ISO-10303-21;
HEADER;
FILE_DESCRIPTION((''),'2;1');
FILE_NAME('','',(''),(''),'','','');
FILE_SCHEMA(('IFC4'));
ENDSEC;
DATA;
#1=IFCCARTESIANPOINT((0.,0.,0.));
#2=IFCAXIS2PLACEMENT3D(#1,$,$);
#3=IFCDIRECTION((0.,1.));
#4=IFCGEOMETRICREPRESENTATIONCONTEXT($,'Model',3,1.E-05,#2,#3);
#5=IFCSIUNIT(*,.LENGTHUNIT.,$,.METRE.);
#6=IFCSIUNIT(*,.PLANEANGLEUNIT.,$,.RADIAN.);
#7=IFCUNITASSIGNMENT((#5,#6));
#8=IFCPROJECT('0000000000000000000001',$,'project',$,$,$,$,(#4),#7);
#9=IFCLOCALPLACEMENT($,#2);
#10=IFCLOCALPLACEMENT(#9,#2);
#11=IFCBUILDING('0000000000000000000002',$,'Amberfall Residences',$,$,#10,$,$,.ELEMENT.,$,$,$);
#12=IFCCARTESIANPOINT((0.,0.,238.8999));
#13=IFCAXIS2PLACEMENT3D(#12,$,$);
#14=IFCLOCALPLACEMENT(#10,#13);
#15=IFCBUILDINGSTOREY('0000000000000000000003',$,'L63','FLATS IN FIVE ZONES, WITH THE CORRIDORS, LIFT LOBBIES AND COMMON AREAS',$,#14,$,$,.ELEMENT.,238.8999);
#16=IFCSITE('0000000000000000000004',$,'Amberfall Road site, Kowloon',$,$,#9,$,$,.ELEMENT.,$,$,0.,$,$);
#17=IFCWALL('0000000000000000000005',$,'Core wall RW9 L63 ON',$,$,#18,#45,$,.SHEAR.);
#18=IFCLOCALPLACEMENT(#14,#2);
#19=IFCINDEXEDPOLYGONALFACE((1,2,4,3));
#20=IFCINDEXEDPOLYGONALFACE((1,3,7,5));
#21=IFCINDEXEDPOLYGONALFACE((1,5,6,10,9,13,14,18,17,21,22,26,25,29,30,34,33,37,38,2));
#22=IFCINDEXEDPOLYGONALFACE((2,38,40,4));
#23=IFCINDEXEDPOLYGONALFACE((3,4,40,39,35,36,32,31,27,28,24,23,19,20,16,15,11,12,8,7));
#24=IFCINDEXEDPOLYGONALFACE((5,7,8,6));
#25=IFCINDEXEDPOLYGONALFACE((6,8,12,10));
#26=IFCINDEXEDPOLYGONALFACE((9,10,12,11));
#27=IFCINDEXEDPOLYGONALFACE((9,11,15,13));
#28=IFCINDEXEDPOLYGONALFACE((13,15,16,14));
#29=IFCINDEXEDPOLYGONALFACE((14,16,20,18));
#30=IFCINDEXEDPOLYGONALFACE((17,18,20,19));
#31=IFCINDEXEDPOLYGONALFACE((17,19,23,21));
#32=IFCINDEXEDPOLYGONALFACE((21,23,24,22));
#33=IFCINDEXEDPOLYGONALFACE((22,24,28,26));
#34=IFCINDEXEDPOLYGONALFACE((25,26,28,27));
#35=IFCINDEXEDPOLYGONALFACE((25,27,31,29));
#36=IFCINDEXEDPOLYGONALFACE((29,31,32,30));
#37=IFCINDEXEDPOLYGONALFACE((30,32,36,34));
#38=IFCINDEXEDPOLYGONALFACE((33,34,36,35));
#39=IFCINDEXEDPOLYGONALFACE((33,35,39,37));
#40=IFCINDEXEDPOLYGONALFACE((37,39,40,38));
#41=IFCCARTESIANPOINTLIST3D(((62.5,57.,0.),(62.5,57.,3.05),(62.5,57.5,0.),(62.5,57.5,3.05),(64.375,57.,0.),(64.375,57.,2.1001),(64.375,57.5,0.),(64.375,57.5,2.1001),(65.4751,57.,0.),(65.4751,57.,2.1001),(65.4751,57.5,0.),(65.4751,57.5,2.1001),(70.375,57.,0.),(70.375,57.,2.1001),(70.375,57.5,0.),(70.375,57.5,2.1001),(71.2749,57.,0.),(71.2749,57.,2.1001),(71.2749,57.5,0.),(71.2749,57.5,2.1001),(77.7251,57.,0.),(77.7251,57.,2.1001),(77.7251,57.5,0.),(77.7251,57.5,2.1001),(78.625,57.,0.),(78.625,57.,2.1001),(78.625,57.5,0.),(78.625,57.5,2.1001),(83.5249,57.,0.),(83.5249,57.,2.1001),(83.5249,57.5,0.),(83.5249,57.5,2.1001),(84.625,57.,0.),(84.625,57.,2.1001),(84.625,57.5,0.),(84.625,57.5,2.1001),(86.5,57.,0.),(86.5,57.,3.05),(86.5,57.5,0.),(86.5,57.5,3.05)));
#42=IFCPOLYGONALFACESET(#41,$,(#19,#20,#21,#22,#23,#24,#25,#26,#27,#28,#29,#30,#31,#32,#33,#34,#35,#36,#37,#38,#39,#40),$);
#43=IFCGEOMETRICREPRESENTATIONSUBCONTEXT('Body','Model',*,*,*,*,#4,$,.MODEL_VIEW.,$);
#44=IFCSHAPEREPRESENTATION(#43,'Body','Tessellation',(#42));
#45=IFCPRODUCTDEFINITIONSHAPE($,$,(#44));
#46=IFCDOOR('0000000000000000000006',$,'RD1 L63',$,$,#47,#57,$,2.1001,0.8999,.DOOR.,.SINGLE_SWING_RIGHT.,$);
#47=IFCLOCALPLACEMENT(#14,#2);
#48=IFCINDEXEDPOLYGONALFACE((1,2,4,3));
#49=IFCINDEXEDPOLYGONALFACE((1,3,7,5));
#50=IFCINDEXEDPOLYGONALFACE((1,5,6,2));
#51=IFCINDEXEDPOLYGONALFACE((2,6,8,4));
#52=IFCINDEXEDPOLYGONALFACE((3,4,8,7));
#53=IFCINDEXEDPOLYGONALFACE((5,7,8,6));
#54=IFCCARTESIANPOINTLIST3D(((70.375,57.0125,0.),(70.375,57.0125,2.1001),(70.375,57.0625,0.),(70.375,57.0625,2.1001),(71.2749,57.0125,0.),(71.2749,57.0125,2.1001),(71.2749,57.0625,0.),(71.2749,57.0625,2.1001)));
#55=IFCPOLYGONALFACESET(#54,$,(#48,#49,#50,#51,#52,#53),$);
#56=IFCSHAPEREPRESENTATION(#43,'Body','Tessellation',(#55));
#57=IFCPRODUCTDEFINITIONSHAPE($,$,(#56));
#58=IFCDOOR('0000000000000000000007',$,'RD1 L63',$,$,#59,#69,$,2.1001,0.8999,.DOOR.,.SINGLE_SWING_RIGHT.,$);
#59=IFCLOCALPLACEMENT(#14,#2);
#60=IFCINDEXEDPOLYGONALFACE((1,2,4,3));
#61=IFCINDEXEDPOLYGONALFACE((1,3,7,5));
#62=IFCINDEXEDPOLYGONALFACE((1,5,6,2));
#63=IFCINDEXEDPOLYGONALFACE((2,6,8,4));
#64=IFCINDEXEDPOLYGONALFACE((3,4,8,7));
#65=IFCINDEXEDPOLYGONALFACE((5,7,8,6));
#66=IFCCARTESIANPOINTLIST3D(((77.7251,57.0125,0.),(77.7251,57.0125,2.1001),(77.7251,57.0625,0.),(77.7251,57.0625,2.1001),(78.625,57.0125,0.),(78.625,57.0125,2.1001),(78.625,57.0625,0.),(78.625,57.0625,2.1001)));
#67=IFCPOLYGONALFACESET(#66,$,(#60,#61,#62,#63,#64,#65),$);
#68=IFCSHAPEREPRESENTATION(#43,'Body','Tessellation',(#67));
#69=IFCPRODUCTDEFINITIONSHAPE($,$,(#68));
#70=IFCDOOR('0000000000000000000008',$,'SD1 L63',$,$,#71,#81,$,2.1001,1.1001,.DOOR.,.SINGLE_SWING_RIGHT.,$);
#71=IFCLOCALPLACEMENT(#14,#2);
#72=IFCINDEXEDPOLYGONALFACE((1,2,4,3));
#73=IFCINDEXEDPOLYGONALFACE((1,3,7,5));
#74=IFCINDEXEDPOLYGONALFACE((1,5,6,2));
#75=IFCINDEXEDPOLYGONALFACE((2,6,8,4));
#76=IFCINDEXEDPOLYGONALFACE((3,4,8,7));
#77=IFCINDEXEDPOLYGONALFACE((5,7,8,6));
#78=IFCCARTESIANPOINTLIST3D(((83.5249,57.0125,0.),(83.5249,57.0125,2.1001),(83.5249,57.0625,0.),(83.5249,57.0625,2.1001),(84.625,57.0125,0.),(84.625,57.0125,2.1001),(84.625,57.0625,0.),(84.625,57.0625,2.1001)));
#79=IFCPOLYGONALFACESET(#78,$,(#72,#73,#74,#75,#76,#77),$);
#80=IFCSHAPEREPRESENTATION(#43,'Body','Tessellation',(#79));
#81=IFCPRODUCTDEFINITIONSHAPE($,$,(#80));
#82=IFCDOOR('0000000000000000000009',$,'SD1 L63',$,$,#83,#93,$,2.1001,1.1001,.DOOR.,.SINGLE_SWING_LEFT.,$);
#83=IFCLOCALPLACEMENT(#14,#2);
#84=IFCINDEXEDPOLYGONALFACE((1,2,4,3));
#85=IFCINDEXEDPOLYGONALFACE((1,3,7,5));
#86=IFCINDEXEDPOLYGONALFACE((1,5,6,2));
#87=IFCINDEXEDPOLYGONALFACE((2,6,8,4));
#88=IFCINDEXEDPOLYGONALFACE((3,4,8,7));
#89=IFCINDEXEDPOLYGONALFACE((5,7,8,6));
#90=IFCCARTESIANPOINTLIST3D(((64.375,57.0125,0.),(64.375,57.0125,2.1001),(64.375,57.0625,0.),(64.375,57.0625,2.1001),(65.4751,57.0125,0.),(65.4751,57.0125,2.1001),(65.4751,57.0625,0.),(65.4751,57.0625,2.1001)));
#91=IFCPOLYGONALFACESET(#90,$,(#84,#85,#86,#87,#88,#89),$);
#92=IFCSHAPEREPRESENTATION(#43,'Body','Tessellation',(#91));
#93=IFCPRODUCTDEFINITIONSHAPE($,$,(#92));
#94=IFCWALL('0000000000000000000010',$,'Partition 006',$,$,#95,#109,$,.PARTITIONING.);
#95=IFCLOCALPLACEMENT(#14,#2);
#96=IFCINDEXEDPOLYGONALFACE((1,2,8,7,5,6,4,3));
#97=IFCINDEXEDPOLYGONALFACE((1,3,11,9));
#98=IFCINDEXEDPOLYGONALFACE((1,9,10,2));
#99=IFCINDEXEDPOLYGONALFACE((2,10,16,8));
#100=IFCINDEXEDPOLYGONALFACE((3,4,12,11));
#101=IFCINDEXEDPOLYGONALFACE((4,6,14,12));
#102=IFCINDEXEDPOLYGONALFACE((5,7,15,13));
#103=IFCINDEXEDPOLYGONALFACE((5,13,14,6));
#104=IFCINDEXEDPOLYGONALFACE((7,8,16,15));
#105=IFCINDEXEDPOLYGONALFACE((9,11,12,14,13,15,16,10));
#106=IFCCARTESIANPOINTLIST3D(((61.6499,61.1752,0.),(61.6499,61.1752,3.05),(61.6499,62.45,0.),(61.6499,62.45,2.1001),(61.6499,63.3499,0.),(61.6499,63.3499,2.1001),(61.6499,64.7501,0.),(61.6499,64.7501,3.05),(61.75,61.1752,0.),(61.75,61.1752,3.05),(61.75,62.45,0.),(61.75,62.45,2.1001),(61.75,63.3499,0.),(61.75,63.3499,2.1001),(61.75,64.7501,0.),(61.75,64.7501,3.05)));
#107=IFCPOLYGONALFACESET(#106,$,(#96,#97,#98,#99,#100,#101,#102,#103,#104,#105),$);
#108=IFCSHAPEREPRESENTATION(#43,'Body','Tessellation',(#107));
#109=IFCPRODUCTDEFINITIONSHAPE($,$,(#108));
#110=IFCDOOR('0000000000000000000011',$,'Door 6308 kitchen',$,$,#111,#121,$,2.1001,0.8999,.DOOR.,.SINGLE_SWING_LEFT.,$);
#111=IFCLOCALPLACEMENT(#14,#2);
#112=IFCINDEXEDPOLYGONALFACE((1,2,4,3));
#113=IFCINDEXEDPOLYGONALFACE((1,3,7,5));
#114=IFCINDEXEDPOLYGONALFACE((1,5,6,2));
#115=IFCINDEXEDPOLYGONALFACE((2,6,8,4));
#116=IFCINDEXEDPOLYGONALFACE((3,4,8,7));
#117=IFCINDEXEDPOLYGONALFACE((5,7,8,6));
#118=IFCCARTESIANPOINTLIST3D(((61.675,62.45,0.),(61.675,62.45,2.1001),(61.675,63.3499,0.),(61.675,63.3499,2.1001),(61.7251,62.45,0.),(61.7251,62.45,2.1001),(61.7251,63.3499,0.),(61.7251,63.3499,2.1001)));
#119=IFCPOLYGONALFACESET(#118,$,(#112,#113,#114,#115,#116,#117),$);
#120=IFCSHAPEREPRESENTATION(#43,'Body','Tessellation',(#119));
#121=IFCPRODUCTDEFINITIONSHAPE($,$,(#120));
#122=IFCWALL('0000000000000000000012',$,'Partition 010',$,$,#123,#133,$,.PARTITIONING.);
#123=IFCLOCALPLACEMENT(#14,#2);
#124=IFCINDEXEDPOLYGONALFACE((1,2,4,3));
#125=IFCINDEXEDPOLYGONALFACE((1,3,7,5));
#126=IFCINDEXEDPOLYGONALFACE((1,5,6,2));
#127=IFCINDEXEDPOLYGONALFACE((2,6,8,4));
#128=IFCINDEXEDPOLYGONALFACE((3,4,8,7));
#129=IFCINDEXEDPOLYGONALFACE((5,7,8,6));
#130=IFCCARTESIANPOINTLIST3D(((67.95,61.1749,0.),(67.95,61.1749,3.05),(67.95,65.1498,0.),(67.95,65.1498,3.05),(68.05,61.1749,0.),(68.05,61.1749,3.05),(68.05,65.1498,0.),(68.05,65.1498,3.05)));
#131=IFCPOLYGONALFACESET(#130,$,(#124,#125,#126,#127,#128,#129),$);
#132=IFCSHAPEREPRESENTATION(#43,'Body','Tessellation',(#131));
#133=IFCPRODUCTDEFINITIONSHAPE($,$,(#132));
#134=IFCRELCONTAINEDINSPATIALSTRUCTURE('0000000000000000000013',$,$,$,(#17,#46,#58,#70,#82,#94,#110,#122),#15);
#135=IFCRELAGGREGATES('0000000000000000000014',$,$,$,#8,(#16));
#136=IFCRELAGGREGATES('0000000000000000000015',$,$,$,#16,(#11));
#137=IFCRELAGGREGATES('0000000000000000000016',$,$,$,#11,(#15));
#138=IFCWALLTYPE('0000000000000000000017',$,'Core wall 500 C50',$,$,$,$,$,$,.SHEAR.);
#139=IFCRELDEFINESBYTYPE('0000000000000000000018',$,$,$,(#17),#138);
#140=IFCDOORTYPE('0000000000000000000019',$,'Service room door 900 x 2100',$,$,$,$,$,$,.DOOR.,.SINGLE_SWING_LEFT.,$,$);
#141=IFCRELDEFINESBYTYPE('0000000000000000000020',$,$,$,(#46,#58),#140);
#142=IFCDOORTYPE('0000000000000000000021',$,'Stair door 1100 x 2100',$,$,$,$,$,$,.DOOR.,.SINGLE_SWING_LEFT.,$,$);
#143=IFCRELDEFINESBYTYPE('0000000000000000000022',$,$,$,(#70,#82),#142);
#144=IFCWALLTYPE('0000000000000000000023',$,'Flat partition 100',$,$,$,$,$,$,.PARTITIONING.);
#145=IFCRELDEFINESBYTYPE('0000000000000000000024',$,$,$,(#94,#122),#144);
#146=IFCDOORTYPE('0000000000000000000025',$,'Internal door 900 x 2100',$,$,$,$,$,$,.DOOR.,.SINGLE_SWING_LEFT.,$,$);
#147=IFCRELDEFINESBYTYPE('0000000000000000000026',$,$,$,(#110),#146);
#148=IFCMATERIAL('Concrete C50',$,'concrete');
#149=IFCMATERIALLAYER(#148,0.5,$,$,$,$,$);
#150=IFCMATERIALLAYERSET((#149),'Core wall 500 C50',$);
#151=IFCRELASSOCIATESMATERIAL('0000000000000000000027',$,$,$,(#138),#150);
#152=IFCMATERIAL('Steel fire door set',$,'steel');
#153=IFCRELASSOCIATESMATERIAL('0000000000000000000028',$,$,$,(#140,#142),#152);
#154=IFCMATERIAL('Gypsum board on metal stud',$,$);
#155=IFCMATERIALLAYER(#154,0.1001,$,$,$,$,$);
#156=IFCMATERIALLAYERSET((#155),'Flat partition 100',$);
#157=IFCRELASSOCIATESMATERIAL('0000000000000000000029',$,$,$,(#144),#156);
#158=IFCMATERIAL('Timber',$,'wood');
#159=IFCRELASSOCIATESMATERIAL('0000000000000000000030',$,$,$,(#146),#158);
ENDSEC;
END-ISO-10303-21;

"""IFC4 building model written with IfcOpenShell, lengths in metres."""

from ifc_helpers import new_model, si_unit, direction, frame, frame_2d, origin, place, context, subcontext, project, spatial, rectangle, extrude, material, layer, layer_set, type_object, element, fill, save


model = new_model("IFC4")

# Units and contexts
model_context = context("Model", 3, precision=1e-05, world=origin(), true_north=direction((0.0, 1.0)))
body_context = subcontext(model_context, "Body", "Model", "MODEL_VIEW")
ifc_project = project(units=[si_unit("LENGTHUNIT", "METRE"), si_unit("PLANEANGLEUNIT", "RADIAN")], contexts=[model_context])

# Site, building, storey
site_placement = place(None, origin())
site = spatial("IfcSite", under=ifc_project, at=site_placement, Name="Amberfall Road site, Kowloon", CompositionType="ELEMENT", RefElevation=0.0)
building_placement = place(site_placement, origin())
building = spatial("IfcBuilding", under=site, at=building_placement, Name="Amberfall Residences", CompositionType="ELEMENT")
storey_placement = place(building_placement, frame((0.0, 0.0, 238.8999)))
storey = spatial("IfcBuildingStorey", under=building, at=storey_placement, Name="L63", Description="FLATS IN FIVE ZONES, WITH THE CORRIDORS, LIFT LOBBIES AND COMMON AREAS", CompositionType="ELEMENT", Elevation=238.8999)

# Wall, openings, doors
ifc_material_1 = material(Name="Concrete C50", Category="concrete")
ifc_layer_1 = layer(ifc_material_1, 0.5)
ifc_layer_set_1 = layer_set([ifc_layer_1], Name="Core wall 500 C50")
wall_type_1 = type_object("IfcWallType", Name="Core wall 500 C50", PredefinedType="SHEAR", material=ifc_layer_set_1)
wall_1_placement = place(storey_placement, frame((62.5, 57.25, 0.0), z_axis=(0.0, 0.0, 1.0), x_axis=(1.0, 0.0, 0.0)))
wall_1 = element("IfcWall", 1, at=wall_1_placement, inside=storey, type_object=wall_type_1, Name="Core wall RW9 L63 ON", PredefinedType="SHEAR", context=body_context, shape_type="SweptSolid", body=[
    extrude(rectangle(XDim=24.0, YDim=0.5, at=frame_2d((12.0, 0.0))), origin(), (0.0, 0.0, 1.0), 3.05),
])
opening_1_placement = place(wall_1_placement, frame((21.0249, 0.0, 0.0)))
opening_1 = element("IfcOpeningElement", 2, at=opening_1_placement, cuts=wall_1, PredefinedType="OPENING", context=body_context, shape_type="SweptSolid", body=[
    extrude(rectangle(XDim=1.1001, YDim=2.1001, at=frame_2d((0.55, 1.05))), frame((0.0, 0.26, 0.0), z_axis=(0.0, -1.0, 0.0), x_axis=(1.0, 0.0, 0.0)), (0.0, 0.0, 1.0), 0.52),
])
opening_2_placement = place(wall_1_placement, frame((1.875, 0.0, 0.0)))
opening_2 = element("IfcOpeningElement", 3, at=opening_2_placement, cuts=wall_1, PredefinedType="OPENING", context=body_context, shape_type="SweptSolid", body=[
    extrude(rectangle(XDim=1.1001, YDim=2.1001, at=frame_2d((0.55, 1.05))), frame((0.0, 0.26, 0.0), z_axis=(0.0, -1.0, 0.0), x_axis=(1.0, 0.0, 0.0)), (0.0, 0.0, 1.0), 0.52),
])
opening_3_placement = place(wall_1_placement, frame((7.875, 0.0, 0.0)))
opening_3 = element("IfcOpeningElement", 4, at=opening_3_placement, cuts=wall_1, PredefinedType="OPENING", context=body_context, shape_type="SweptSolid", body=[
    extrude(rectangle(XDim=0.8999, YDim=2.1001, at=frame_2d((0.45, 1.05))), frame((0.0, 0.26, 0.0), z_axis=(0.0, -1.0, 0.0), x_axis=(1.0, 0.0, 0.0)), (0.0, 0.0, 1.0), 0.52),
])
opening_4_placement = place(wall_1_placement, frame((15.2251, 0.0, 0.0)))
opening_4 = element("IfcOpeningElement", 5, at=opening_4_placement, cuts=wall_1, PredefinedType="OPENING", context=body_context, shape_type="SweptSolid", body=[
    extrude(rectangle(XDim=0.8999, YDim=2.1001, at=frame_2d((0.45, 1.05))), frame((0.0, 0.26, 0.0), z_axis=(0.0, -1.0, 0.0), x_axis=(1.0, 0.0, 0.0)), (0.0, 0.0, 1.0), 0.52),
])
ifc_material_2 = material(Name="Steel fire door set", Category="steel")
door_type_1 = type_object("IfcDoorType", Name="Service room door 900 x 2100", OperationType="SINGLE_SWING_LEFT", PredefinedType="DOOR", material=ifc_material_2)
door_1_placement = place(opening_3_placement, origin())
door_1 = element("IfcDoor", 6, at=door_1_placement, inside=storey, type_object=door_type_1, Name="RD1 L63", OperationType="SINGLE_SWING_RIGHT", OverallHeight=2.1001, OverallWidth=0.8999, PredefinedType="DOOR", context=body_context, shape_type="SweptSolid", body=[
    extrude(rectangle(XDim=0.8999, YDim=2.1001, at=frame_2d((0.45, 1.05))), frame((0.0, -0.1875, 0.0), z_axis=(0.0, -1.0, 0.0), x_axis=(1.0, 0.0, 0.0)), (0.0, 0.0, 1.0), 0.05),
])
fill(opening_3, door_1)
door_2_placement = place(opening_4_placement, origin())
door_2 = element("IfcDoor", 7, at=door_2_placement, inside=storey, type_object=door_type_1, Name="RD1 L63", OperationType="SINGLE_SWING_RIGHT", OverallHeight=2.1001, OverallWidth=0.8999, PredefinedType="DOOR", context=body_context, shape_type="SweptSolid", body=[
    extrude(rectangle(XDim=0.8999, YDim=2.1001, at=frame_2d((0.45, 1.05))), frame((0.0, -0.1875, 0.0), z_axis=(0.0, -1.0, 0.0), x_axis=(1.0, 0.0, 0.0)), (0.0, 0.0, 1.0), 0.05),
])
fill(opening_4, door_2)
door_type_2 = type_object("IfcDoorType", Name="Stair door 1100 x 2100", OperationType="SINGLE_SWING_LEFT", PredefinedType="DOOR", material=ifc_material_2)
door_3_placement = place(opening_1_placement, origin())
door_3 = element("IfcDoor", 8, at=door_3_placement, inside=storey, type_object=door_type_2, Name="SD1 L63", OperationType="SINGLE_SWING_RIGHT", OverallHeight=2.1001, OverallWidth=1.1001, PredefinedType="DOOR", context=body_context, shape_type="SweptSolid", body=[
    extrude(rectangle(XDim=1.1001, YDim=2.1001, at=frame_2d((0.55, 1.05))), frame((0.0, -0.1875, 0.0), z_axis=(0.0, -1.0, 0.0), x_axis=(1.0, 0.0, 0.0)), (0.0, 0.0, 1.0), 0.05),
])
fill(opening_1, door_3)
door_4_placement = place(opening_2_placement, origin())
door_4 = element("IfcDoor", 9, at=door_4_placement, inside=storey, type_object=door_type_2, Name="SD1 L63", OperationType="SINGLE_SWING_LEFT", OverallHeight=2.1001, OverallWidth=1.1001, PredefinedType="DOOR", context=body_context, shape_type="SweptSolid", body=[
    extrude(rectangle(XDim=1.1001, YDim=2.1001, at=frame_2d((0.55, 1.05))), frame((0.0, -0.1875, 0.0), z_axis=(0.0, -1.0, 0.0), x_axis=(1.0, 0.0, 0.0)), (0.0, 0.0, 1.0), 0.05),
])
fill(opening_2, door_4)

# Wall, opening, door
ifc_material_3 = material(Name="Gypsum board on metal stud")
ifc_layer_2 = layer(ifc_material_3, 0.1001)
ifc_layer_set_2 = layer_set([ifc_layer_2], Name="Flat partition 100")
wall_type_2 = type_object("IfcWallType", Name="Flat partition 100", PredefinedType="PARTITIONING", material=ifc_layer_set_2)
wall_2_placement = place(storey_placement, frame((61.7, 61.175, 0.0), z_axis=(0.0, 0.0, 1.0), x_axis=(0.0, 1.0, 0.0)))
wall_2 = element("IfcWall", 10, at=wall_2_placement, inside=storey, type_object=wall_type_2, Name="Partition 006", PredefinedType="PARTITIONING", context=body_context, shape_type="SweptSolid", body=[
    extrude(rectangle(XDim=3.575, YDim=0.1001, at=frame_2d((1.7876, 0.0))), origin(), (0.0, 0.0, 1.0), 3.05),
])
opening_5_placement = place(wall_2_placement, frame((1.2749, 0.0, 0.0)))
opening_5 = element("IfcOpeningElement", 11, at=opening_5_placement, cuts=wall_2, PredefinedType="OPENING", context=body_context, shape_type="SweptSolid", body=[
    extrude(rectangle(XDim=0.8999, YDim=2.1001, at=frame_2d((0.45, 1.05))), frame((0.0, 0.0601, 0.0), z_axis=(0.0, -1.0, 0.0), x_axis=(1.0, 0.0, 0.0)), (0.0, 0.0, 1.0), 0.1201),
])
ifc_material_4 = material(Name="Timber", Category="wood")
door_type_3 = type_object("IfcDoorType", Name="Internal door 900 x 2100", OperationType="SINGLE_SWING_LEFT", PredefinedType="DOOR", material=ifc_material_4)
door_5_placement = place(opening_5_placement, origin())
door_5 = element("IfcDoor", 12, at=door_5_placement, inside=storey, type_object=door_type_3, Name="Door 6308 kitchen", OperationType="SINGLE_SWING_LEFT", OverallHeight=2.1001, OverallWidth=0.8999, PredefinedType="DOOR", context=body_context, shape_type="SweptSolid", body=[
    extrude(rectangle(XDim=0.8999, YDim=2.1001, at=frame_2d((0.45, 1.05))), frame((0.0, 0.0249, 0.0), z_axis=(0.0, -1.0, 0.0), x_axis=(1.0, 0.0, 0.0)), (0.0, 0.0, 1.0), 0.05),
])
fill(opening_5, door_5)

# Wall
wall_3_placement = place(storey_placement, frame((68.0, 61.175, 0.0), z_axis=(0.0, 0.0, 1.0), x_axis=(0.0, 1.0, 0.0)))
element("IfcWall", 13, at=wall_3_placement, inside=storey, type_object=wall_type_2, Name="Partition 010", PredefinedType="PARTITIONING", context=body_context, shape_type="SweptSolid", body=[
    extrude(rectangle(XDim=3.9749, YDim=0.1001, at=frame_2d((1.9873, 0.0))), origin(), (0.0, 0.0, 1.0), 3.05),
])

save(model, "model.ifc")
